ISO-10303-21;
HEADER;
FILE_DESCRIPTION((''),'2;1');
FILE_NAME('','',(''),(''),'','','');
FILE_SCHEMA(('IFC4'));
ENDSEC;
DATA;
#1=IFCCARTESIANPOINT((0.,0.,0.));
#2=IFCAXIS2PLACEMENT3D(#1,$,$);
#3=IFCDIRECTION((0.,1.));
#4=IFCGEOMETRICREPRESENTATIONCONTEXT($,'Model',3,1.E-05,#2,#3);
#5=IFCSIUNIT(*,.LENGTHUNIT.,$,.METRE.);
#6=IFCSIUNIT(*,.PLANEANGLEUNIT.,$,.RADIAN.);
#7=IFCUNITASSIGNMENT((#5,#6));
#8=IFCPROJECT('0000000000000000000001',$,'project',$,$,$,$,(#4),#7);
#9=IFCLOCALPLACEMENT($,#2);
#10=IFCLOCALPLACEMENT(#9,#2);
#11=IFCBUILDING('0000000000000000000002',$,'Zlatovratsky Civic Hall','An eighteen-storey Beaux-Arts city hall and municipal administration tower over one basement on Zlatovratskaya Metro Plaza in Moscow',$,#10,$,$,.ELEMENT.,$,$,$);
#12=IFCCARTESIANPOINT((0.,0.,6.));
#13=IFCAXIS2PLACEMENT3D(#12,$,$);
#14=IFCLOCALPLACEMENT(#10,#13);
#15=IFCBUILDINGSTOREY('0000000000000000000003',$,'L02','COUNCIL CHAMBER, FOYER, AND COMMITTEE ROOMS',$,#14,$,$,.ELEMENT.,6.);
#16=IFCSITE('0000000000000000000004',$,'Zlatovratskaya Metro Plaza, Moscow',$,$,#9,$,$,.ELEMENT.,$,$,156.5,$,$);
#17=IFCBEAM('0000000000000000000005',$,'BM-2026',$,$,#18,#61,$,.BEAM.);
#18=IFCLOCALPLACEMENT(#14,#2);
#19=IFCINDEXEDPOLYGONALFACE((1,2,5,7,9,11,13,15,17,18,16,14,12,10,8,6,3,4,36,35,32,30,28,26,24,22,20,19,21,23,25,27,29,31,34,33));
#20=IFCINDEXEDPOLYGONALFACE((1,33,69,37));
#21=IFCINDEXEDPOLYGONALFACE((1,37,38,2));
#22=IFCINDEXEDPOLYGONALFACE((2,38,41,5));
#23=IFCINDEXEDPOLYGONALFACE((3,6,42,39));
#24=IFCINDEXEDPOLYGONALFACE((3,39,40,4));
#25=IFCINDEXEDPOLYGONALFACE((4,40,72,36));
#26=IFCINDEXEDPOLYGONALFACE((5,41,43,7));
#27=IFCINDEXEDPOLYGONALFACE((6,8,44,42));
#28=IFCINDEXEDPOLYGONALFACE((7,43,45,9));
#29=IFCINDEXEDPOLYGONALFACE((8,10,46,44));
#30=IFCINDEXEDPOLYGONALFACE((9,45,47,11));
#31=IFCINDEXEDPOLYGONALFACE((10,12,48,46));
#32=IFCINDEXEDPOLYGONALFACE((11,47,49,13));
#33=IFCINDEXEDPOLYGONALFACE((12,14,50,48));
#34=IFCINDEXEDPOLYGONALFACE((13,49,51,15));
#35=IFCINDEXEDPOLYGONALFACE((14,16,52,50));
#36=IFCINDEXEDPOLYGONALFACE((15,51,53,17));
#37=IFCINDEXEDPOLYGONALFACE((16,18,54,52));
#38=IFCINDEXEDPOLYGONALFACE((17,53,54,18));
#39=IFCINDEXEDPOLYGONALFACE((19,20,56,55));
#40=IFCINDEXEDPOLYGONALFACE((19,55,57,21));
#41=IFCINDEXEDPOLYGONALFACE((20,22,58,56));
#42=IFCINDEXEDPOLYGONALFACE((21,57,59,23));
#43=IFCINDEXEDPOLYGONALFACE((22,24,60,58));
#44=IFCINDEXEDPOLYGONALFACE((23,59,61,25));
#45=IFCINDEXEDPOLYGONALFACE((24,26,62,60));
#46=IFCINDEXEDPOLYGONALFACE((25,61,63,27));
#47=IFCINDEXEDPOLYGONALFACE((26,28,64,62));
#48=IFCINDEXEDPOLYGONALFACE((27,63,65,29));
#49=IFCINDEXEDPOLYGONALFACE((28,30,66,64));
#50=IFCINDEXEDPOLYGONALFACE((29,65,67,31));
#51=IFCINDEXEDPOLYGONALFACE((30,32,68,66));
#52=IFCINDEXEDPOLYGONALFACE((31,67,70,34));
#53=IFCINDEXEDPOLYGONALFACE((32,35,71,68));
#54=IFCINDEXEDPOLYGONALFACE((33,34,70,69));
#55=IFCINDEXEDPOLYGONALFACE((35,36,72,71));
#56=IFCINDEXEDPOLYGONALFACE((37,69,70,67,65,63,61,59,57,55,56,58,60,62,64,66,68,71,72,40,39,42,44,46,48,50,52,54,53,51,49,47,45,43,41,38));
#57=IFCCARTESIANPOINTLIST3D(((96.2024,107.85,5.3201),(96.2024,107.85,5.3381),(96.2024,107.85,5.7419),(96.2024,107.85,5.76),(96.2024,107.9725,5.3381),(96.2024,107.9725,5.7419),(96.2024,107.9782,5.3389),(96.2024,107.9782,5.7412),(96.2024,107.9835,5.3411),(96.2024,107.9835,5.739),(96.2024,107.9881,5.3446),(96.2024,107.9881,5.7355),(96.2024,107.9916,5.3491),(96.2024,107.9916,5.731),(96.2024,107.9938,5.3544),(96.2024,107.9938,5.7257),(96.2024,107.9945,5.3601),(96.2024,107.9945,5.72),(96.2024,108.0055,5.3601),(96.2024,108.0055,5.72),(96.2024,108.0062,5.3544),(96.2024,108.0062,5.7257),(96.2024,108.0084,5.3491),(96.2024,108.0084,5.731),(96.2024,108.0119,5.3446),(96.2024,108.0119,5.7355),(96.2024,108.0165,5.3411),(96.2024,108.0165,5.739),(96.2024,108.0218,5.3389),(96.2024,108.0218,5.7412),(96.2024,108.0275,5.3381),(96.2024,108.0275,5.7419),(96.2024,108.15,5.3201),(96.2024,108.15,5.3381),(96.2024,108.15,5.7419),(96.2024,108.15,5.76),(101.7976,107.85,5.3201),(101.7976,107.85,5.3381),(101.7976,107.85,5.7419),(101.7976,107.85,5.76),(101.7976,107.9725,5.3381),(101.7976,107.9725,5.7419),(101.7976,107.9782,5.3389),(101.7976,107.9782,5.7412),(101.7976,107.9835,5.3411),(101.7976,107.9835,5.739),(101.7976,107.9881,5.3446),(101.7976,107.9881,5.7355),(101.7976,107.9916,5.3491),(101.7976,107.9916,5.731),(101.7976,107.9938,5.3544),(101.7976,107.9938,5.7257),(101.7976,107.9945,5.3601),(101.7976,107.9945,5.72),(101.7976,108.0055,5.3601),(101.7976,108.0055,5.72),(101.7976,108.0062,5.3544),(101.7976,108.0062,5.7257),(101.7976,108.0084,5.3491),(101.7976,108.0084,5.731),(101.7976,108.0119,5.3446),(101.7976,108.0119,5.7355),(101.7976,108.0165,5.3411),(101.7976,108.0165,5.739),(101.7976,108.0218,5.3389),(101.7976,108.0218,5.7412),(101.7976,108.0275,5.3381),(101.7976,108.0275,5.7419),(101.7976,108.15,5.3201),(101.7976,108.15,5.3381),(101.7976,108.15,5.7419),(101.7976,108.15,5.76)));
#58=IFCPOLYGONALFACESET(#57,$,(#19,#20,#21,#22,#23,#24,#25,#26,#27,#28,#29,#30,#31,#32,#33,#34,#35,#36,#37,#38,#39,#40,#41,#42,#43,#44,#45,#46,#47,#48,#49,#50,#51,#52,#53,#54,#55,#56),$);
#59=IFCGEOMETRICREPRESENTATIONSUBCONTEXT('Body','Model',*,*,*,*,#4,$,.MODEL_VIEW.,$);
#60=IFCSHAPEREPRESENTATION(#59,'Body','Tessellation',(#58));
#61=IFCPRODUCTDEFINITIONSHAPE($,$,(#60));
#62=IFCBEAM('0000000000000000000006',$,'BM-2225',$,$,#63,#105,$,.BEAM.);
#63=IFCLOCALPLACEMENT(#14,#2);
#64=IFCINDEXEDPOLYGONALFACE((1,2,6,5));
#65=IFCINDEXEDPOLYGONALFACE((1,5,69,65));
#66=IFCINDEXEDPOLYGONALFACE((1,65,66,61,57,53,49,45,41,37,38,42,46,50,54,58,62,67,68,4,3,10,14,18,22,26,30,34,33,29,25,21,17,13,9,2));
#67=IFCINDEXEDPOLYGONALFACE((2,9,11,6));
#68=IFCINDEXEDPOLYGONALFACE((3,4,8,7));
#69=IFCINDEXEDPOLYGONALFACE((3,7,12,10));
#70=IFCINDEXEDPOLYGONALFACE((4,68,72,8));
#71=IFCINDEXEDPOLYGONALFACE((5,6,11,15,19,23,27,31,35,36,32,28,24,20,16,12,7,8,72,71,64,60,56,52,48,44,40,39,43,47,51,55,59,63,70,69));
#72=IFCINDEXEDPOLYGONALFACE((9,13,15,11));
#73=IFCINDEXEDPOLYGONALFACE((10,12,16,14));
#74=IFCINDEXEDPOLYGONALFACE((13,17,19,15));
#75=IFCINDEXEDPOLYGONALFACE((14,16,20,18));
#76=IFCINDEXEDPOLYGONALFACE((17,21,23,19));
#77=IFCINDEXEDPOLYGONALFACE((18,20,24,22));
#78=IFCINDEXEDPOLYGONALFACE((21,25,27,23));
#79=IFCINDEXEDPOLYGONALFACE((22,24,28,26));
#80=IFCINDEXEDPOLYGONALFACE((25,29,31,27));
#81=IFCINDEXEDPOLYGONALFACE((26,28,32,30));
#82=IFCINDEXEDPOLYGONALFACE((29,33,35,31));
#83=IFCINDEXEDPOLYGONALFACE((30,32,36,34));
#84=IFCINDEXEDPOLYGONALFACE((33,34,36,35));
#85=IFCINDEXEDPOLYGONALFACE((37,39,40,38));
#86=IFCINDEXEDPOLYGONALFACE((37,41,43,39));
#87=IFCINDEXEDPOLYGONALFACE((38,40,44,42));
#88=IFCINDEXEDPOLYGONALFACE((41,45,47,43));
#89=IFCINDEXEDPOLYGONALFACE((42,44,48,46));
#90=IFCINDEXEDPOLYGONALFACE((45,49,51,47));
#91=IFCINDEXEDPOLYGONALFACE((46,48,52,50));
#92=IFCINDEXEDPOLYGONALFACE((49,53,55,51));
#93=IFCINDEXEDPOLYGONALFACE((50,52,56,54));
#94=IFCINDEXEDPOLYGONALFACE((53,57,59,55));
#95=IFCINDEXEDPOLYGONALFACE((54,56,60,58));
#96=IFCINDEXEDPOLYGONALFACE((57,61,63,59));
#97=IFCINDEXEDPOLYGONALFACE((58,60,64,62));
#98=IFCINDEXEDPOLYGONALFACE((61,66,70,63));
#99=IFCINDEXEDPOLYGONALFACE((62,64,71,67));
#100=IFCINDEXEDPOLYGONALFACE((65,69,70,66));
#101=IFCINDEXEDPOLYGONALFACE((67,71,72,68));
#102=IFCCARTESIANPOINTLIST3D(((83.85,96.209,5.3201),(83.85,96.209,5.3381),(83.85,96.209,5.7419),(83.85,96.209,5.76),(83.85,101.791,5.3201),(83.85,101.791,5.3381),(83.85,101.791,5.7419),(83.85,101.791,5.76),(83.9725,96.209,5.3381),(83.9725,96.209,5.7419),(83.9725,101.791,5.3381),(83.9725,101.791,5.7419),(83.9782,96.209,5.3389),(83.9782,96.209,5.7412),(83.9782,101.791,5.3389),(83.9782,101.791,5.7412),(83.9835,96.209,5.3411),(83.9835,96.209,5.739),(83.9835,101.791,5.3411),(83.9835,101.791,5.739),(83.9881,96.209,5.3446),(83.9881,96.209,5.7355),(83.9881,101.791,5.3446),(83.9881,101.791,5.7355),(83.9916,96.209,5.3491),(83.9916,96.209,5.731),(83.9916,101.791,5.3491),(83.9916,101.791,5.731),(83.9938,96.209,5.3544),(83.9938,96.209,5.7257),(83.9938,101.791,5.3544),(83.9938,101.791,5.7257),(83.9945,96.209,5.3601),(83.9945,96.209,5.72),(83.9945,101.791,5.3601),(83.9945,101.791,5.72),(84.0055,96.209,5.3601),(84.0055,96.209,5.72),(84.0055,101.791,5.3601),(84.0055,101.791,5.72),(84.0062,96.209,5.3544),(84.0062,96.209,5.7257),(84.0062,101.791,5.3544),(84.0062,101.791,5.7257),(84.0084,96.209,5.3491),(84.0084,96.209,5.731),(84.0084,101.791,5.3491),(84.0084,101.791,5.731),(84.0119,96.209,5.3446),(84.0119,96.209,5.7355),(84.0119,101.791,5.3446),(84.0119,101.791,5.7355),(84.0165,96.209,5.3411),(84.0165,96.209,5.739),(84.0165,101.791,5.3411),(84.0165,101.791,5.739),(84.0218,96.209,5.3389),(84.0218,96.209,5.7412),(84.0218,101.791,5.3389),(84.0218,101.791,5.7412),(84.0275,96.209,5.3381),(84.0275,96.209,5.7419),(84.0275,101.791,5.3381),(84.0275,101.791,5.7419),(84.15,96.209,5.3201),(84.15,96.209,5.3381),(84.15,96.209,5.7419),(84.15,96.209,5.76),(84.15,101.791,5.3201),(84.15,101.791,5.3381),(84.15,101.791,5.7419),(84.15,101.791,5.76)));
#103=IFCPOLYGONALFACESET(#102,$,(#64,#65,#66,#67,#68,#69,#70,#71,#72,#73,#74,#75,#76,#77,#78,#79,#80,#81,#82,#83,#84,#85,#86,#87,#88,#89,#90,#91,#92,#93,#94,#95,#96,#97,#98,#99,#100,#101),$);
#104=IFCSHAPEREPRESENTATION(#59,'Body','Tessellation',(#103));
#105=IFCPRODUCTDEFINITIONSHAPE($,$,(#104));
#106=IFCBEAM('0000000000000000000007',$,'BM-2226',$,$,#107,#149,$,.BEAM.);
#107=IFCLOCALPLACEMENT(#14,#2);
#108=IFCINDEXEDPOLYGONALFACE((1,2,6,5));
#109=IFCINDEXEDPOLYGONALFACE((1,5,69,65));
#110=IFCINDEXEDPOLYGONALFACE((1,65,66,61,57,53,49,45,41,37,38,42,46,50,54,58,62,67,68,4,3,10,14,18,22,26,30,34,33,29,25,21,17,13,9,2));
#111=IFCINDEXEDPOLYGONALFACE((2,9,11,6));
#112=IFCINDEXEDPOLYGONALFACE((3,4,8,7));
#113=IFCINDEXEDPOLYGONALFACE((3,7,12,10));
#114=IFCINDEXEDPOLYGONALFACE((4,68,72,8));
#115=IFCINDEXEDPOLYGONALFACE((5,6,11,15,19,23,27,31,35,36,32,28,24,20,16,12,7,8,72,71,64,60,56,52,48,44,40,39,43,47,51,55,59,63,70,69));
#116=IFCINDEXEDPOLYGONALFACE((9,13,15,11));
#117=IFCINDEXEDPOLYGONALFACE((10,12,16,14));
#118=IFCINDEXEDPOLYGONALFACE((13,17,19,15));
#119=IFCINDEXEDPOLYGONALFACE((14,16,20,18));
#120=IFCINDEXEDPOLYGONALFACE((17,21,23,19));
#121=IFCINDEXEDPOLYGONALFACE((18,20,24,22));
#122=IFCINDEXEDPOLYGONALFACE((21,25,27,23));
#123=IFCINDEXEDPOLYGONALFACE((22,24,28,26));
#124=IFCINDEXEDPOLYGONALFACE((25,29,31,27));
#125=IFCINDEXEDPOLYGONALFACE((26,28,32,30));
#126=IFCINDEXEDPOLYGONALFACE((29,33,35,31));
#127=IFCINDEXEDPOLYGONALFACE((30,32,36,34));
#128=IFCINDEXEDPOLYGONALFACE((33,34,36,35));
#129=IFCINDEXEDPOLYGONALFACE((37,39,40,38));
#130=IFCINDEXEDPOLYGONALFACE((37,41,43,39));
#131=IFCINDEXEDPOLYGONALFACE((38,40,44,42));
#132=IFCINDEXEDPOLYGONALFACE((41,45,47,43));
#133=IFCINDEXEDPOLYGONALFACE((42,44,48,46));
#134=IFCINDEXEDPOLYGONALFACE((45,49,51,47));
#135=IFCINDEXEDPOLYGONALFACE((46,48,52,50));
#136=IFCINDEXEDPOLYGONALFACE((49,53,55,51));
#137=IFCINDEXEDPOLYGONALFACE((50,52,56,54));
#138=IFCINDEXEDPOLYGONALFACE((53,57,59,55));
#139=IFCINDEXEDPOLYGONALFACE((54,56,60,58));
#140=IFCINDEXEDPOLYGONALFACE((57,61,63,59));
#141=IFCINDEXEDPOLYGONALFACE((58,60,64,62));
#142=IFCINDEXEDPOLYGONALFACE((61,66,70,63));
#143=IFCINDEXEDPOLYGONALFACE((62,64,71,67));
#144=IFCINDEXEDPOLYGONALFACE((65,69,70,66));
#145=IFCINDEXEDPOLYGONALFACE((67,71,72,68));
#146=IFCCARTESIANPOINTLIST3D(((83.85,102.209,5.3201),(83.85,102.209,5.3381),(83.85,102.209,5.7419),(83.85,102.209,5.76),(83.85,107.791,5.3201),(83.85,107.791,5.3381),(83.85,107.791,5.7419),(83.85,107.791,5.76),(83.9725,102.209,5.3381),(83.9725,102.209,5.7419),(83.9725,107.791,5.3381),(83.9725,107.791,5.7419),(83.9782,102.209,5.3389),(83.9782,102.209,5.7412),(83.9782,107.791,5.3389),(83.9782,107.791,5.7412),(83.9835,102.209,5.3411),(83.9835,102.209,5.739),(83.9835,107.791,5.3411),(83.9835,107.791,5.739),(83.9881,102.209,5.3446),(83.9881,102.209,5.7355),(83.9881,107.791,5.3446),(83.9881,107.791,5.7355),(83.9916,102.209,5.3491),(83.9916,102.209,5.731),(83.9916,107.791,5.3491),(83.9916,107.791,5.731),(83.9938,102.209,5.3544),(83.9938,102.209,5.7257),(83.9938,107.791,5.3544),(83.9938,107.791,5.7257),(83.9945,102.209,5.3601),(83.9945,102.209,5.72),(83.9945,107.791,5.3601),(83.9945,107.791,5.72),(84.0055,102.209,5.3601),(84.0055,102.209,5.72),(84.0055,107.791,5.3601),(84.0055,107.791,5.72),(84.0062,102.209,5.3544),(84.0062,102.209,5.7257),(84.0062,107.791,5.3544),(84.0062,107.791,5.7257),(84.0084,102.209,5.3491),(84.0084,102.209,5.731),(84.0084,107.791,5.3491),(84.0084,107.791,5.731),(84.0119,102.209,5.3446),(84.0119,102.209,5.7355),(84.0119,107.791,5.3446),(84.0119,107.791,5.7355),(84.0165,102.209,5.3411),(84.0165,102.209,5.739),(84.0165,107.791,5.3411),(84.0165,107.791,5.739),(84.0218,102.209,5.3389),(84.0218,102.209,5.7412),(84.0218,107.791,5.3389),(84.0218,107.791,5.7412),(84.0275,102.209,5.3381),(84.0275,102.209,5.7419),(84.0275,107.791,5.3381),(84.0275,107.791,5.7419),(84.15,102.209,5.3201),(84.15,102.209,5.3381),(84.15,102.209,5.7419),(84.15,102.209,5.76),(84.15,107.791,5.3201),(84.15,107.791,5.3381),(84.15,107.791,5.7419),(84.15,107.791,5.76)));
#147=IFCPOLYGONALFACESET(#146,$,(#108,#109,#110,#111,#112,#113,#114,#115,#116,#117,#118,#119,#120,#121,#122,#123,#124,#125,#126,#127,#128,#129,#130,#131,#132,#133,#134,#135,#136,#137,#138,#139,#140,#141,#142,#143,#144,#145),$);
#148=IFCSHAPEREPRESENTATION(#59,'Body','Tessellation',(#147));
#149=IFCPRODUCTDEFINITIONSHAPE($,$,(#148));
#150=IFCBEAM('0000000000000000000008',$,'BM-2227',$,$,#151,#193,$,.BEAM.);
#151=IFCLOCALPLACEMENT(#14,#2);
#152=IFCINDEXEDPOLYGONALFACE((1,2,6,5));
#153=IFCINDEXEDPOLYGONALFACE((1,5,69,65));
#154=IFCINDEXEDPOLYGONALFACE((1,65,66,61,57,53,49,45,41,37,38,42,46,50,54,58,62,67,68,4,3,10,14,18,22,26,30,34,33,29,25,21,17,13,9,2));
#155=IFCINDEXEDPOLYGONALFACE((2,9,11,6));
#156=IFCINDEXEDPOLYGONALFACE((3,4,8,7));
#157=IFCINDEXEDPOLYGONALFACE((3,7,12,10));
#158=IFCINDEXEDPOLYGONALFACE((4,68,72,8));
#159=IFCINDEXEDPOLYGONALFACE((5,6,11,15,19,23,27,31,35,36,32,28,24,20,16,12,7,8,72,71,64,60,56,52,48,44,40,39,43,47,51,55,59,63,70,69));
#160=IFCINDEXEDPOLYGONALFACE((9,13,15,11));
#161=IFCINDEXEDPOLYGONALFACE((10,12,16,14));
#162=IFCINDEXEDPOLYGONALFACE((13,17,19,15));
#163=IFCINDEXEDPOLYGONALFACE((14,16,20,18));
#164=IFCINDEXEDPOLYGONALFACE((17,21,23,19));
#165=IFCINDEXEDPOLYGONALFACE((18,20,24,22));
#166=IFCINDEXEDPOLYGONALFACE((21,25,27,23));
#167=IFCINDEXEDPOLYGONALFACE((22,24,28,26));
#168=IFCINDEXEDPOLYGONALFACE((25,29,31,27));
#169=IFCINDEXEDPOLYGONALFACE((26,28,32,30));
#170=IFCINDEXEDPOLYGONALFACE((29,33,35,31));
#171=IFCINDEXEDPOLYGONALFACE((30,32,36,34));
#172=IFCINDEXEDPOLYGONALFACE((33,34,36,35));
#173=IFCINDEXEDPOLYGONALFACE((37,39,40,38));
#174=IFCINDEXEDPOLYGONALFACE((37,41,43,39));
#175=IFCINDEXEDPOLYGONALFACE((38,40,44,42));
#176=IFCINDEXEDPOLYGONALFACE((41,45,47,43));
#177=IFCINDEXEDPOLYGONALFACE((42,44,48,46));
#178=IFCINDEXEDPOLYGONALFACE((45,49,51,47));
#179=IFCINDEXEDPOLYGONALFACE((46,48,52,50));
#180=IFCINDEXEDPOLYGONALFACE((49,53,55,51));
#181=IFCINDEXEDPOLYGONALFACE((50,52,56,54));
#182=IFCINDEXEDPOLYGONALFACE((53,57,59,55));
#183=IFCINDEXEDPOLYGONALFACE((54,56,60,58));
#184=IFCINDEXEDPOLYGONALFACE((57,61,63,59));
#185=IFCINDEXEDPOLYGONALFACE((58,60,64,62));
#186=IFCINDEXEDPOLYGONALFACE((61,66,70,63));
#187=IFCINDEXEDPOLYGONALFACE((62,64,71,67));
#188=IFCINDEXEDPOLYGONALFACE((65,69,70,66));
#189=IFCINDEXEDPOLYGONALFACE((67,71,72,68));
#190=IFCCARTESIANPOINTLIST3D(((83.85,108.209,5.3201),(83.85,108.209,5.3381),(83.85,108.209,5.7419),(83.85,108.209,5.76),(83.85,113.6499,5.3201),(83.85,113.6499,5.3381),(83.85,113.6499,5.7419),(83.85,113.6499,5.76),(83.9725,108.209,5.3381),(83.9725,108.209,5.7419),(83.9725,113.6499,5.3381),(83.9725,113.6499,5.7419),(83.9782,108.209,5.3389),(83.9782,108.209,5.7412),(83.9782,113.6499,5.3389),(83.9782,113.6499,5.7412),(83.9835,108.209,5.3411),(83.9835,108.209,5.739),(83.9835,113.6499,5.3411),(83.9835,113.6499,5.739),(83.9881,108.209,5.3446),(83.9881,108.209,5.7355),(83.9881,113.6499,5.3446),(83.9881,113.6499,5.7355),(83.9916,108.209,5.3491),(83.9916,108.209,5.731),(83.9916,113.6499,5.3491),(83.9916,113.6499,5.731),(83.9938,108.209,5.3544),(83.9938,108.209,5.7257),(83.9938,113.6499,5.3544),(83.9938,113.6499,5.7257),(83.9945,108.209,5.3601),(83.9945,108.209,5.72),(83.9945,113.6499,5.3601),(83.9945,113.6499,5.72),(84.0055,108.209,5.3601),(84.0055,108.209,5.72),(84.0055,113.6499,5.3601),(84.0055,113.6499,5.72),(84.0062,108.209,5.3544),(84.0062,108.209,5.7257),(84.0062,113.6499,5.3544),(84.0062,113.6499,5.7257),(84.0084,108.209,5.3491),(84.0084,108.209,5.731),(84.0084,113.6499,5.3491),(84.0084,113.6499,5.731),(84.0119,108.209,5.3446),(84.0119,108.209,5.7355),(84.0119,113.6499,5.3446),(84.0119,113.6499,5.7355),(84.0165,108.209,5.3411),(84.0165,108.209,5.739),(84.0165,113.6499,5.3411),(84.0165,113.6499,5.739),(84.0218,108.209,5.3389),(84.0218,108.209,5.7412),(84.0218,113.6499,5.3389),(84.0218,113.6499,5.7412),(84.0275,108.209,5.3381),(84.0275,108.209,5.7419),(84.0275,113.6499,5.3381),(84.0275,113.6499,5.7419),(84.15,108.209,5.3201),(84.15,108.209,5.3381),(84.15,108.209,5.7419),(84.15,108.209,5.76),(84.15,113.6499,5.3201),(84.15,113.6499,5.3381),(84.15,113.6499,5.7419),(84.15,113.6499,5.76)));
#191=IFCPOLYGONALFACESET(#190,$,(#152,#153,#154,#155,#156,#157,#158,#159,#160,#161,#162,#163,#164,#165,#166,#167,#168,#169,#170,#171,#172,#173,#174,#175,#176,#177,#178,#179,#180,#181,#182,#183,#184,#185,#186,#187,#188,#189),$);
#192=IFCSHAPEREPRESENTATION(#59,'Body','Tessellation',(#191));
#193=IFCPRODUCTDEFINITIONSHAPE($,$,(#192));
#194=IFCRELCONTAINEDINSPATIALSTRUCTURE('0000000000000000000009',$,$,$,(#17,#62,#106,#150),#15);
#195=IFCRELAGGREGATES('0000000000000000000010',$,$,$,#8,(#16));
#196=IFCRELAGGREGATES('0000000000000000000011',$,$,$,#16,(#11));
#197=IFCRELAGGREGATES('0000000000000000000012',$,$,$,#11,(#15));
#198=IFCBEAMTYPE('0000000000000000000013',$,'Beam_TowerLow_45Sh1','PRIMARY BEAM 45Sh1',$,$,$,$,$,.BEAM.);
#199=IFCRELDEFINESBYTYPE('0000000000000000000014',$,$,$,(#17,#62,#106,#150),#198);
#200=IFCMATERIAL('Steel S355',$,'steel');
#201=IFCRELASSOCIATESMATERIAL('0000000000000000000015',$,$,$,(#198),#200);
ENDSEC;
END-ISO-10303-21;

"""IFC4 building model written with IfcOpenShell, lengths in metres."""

from ifc_helpers import new_model, si_unit, direction, frame, origin, origin_2d, place, context, subcontext, project, spatial, i_section, extrude, material, material_profile, profile_set, type_object, element, save


model = new_model("IFC4")

# Units and contexts
model_context = context("Model", 3, precision=1e-05, world=origin(), true_north=direction((0.0, 1.0)))
body_context = subcontext(model_context, "Body", "Model", "MODEL_VIEW")
ifc_project = project(units=[si_unit("LENGTHUNIT", "METRE"), si_unit("PLANEANGLEUNIT", "RADIAN")], contexts=[model_context])

# Site, building, storey
site_placement = place(None, origin())
site = spatial("IfcSite", under=ifc_project, at=site_placement, Name="Zlatovratskaya Metro Plaza, Moscow", CompositionType="ELEMENT", RefElevation=156.5)
building_placement = place(site_placement, origin())
building = spatial("IfcBuilding", under=site, at=building_placement, Name="Zlatovratsky Civic Hall", Description="An eighteen-storey Beaux-Arts city hall and municipal administration tower over one basement on Zlatovratskaya Metro Plaza in Moscow", CompositionType="ELEMENT")
storey_placement = place(building_placement, frame((0.0, 0.0, 6.0)))
storey = spatial("IfcBuildingStorey", under=building, at=storey_placement, Name="L02", Description="COUNCIL CHAMBER, FOYER, AND COMMITTEE ROOMS", CompositionType="ELEMENT", Elevation=6.0)

# Shared definitions
ifc_material_1 = material(Name="Steel S355", Category="steel")

# Beams
ifc_material_profile_1 = material_profile(ifc_material_1, i_section(OverallWidth=0.3, OverallDepth=0.4399, WebThickness=0.011, FlangeThickness=0.0181, FilletRadius=0.022, at=origin_2d()), Name="45Sh1")
ifc_profile_set_1 = profile_set([ifc_material_profile_1], Name="Steel S355")
beam_type_1 = type_object("IfcBeamType", Name="Beam_TowerLow_45Sh1", Description="PRIMARY BEAM 45Sh1", PredefinedType="BEAM", material=ifc_profile_set_1)
for number, where, z_axis, x_axis, name in (
    (1, (96.2024, 108.0, 5.54), (1.0, 0.0, 0.0), (0.0, 1.0, 0.0), "BM-2026"),
):
    element("IfcBeam", number, at=place(storey_placement, frame(where, z_axis=z_axis, x_axis=x_axis)), inside=storey, type_object=beam_type_1, Name=name, PredefinedType="BEAM", context=body_context, shape_type="SweptSolid", body=[
        extrude(i_section(OverallWidth=0.3, OverallDepth=0.4399, WebThickness=0.011, FlangeThickness=0.0181, FilletRadius=0.022, at=origin_2d()), origin(), (0.0, 0.0, 1.0), 5.5952),
    ])
for number, where, z_axis, x_axis, name in (
    (2, (84.0, 96.209, 5.54), (0.0, 1.0, 0.0), (-1.0, 0.0, 0.0), "BM-2225"),
    (3, (84.0, 102.209, 5.54), (0.0, 1.0, 0.0), (-1.0, 0.0, 0.0), "BM-2226"),
):
    element("IfcBeam", number, at=place(storey_placement, frame(where, z_axis=z_axis, x_axis=x_axis)), inside=storey, type_object=beam_type_1, Name=name, PredefinedType="BEAM", context=body_context, shape_type="SweptSolid", body=[
        extrude(i_section(OverallWidth=0.3, OverallDepth=0.4399, WebThickness=0.011, FlangeThickness=0.0181, FilletRadius=0.022, at=origin_2d()), origin(), (0.0, 0.0, 1.0), 5.582),
    ])
beam_1_placement = place(storey_placement, frame((84.0, 108.209, 5.54), z_axis=(0.0, 1.0, 0.0), x_axis=(-1.0, 0.0, 0.0)))
element("IfcBeam", 4, at=beam_1_placement, inside=storey, type_object=beam_type_1, Name="BM-2227", PredefinedType="BEAM", context=body_context, shape_type="SweptSolid", body=[
    extrude(i_section(OverallWidth=0.3, OverallDepth=0.4399, WebThickness=0.011, FlangeThickness=0.0181, FilletRadius=0.022, at=origin_2d()), origin(), (0.0, 0.0, 1.0), 5.4409),
])

save(model, "model.ifc")
